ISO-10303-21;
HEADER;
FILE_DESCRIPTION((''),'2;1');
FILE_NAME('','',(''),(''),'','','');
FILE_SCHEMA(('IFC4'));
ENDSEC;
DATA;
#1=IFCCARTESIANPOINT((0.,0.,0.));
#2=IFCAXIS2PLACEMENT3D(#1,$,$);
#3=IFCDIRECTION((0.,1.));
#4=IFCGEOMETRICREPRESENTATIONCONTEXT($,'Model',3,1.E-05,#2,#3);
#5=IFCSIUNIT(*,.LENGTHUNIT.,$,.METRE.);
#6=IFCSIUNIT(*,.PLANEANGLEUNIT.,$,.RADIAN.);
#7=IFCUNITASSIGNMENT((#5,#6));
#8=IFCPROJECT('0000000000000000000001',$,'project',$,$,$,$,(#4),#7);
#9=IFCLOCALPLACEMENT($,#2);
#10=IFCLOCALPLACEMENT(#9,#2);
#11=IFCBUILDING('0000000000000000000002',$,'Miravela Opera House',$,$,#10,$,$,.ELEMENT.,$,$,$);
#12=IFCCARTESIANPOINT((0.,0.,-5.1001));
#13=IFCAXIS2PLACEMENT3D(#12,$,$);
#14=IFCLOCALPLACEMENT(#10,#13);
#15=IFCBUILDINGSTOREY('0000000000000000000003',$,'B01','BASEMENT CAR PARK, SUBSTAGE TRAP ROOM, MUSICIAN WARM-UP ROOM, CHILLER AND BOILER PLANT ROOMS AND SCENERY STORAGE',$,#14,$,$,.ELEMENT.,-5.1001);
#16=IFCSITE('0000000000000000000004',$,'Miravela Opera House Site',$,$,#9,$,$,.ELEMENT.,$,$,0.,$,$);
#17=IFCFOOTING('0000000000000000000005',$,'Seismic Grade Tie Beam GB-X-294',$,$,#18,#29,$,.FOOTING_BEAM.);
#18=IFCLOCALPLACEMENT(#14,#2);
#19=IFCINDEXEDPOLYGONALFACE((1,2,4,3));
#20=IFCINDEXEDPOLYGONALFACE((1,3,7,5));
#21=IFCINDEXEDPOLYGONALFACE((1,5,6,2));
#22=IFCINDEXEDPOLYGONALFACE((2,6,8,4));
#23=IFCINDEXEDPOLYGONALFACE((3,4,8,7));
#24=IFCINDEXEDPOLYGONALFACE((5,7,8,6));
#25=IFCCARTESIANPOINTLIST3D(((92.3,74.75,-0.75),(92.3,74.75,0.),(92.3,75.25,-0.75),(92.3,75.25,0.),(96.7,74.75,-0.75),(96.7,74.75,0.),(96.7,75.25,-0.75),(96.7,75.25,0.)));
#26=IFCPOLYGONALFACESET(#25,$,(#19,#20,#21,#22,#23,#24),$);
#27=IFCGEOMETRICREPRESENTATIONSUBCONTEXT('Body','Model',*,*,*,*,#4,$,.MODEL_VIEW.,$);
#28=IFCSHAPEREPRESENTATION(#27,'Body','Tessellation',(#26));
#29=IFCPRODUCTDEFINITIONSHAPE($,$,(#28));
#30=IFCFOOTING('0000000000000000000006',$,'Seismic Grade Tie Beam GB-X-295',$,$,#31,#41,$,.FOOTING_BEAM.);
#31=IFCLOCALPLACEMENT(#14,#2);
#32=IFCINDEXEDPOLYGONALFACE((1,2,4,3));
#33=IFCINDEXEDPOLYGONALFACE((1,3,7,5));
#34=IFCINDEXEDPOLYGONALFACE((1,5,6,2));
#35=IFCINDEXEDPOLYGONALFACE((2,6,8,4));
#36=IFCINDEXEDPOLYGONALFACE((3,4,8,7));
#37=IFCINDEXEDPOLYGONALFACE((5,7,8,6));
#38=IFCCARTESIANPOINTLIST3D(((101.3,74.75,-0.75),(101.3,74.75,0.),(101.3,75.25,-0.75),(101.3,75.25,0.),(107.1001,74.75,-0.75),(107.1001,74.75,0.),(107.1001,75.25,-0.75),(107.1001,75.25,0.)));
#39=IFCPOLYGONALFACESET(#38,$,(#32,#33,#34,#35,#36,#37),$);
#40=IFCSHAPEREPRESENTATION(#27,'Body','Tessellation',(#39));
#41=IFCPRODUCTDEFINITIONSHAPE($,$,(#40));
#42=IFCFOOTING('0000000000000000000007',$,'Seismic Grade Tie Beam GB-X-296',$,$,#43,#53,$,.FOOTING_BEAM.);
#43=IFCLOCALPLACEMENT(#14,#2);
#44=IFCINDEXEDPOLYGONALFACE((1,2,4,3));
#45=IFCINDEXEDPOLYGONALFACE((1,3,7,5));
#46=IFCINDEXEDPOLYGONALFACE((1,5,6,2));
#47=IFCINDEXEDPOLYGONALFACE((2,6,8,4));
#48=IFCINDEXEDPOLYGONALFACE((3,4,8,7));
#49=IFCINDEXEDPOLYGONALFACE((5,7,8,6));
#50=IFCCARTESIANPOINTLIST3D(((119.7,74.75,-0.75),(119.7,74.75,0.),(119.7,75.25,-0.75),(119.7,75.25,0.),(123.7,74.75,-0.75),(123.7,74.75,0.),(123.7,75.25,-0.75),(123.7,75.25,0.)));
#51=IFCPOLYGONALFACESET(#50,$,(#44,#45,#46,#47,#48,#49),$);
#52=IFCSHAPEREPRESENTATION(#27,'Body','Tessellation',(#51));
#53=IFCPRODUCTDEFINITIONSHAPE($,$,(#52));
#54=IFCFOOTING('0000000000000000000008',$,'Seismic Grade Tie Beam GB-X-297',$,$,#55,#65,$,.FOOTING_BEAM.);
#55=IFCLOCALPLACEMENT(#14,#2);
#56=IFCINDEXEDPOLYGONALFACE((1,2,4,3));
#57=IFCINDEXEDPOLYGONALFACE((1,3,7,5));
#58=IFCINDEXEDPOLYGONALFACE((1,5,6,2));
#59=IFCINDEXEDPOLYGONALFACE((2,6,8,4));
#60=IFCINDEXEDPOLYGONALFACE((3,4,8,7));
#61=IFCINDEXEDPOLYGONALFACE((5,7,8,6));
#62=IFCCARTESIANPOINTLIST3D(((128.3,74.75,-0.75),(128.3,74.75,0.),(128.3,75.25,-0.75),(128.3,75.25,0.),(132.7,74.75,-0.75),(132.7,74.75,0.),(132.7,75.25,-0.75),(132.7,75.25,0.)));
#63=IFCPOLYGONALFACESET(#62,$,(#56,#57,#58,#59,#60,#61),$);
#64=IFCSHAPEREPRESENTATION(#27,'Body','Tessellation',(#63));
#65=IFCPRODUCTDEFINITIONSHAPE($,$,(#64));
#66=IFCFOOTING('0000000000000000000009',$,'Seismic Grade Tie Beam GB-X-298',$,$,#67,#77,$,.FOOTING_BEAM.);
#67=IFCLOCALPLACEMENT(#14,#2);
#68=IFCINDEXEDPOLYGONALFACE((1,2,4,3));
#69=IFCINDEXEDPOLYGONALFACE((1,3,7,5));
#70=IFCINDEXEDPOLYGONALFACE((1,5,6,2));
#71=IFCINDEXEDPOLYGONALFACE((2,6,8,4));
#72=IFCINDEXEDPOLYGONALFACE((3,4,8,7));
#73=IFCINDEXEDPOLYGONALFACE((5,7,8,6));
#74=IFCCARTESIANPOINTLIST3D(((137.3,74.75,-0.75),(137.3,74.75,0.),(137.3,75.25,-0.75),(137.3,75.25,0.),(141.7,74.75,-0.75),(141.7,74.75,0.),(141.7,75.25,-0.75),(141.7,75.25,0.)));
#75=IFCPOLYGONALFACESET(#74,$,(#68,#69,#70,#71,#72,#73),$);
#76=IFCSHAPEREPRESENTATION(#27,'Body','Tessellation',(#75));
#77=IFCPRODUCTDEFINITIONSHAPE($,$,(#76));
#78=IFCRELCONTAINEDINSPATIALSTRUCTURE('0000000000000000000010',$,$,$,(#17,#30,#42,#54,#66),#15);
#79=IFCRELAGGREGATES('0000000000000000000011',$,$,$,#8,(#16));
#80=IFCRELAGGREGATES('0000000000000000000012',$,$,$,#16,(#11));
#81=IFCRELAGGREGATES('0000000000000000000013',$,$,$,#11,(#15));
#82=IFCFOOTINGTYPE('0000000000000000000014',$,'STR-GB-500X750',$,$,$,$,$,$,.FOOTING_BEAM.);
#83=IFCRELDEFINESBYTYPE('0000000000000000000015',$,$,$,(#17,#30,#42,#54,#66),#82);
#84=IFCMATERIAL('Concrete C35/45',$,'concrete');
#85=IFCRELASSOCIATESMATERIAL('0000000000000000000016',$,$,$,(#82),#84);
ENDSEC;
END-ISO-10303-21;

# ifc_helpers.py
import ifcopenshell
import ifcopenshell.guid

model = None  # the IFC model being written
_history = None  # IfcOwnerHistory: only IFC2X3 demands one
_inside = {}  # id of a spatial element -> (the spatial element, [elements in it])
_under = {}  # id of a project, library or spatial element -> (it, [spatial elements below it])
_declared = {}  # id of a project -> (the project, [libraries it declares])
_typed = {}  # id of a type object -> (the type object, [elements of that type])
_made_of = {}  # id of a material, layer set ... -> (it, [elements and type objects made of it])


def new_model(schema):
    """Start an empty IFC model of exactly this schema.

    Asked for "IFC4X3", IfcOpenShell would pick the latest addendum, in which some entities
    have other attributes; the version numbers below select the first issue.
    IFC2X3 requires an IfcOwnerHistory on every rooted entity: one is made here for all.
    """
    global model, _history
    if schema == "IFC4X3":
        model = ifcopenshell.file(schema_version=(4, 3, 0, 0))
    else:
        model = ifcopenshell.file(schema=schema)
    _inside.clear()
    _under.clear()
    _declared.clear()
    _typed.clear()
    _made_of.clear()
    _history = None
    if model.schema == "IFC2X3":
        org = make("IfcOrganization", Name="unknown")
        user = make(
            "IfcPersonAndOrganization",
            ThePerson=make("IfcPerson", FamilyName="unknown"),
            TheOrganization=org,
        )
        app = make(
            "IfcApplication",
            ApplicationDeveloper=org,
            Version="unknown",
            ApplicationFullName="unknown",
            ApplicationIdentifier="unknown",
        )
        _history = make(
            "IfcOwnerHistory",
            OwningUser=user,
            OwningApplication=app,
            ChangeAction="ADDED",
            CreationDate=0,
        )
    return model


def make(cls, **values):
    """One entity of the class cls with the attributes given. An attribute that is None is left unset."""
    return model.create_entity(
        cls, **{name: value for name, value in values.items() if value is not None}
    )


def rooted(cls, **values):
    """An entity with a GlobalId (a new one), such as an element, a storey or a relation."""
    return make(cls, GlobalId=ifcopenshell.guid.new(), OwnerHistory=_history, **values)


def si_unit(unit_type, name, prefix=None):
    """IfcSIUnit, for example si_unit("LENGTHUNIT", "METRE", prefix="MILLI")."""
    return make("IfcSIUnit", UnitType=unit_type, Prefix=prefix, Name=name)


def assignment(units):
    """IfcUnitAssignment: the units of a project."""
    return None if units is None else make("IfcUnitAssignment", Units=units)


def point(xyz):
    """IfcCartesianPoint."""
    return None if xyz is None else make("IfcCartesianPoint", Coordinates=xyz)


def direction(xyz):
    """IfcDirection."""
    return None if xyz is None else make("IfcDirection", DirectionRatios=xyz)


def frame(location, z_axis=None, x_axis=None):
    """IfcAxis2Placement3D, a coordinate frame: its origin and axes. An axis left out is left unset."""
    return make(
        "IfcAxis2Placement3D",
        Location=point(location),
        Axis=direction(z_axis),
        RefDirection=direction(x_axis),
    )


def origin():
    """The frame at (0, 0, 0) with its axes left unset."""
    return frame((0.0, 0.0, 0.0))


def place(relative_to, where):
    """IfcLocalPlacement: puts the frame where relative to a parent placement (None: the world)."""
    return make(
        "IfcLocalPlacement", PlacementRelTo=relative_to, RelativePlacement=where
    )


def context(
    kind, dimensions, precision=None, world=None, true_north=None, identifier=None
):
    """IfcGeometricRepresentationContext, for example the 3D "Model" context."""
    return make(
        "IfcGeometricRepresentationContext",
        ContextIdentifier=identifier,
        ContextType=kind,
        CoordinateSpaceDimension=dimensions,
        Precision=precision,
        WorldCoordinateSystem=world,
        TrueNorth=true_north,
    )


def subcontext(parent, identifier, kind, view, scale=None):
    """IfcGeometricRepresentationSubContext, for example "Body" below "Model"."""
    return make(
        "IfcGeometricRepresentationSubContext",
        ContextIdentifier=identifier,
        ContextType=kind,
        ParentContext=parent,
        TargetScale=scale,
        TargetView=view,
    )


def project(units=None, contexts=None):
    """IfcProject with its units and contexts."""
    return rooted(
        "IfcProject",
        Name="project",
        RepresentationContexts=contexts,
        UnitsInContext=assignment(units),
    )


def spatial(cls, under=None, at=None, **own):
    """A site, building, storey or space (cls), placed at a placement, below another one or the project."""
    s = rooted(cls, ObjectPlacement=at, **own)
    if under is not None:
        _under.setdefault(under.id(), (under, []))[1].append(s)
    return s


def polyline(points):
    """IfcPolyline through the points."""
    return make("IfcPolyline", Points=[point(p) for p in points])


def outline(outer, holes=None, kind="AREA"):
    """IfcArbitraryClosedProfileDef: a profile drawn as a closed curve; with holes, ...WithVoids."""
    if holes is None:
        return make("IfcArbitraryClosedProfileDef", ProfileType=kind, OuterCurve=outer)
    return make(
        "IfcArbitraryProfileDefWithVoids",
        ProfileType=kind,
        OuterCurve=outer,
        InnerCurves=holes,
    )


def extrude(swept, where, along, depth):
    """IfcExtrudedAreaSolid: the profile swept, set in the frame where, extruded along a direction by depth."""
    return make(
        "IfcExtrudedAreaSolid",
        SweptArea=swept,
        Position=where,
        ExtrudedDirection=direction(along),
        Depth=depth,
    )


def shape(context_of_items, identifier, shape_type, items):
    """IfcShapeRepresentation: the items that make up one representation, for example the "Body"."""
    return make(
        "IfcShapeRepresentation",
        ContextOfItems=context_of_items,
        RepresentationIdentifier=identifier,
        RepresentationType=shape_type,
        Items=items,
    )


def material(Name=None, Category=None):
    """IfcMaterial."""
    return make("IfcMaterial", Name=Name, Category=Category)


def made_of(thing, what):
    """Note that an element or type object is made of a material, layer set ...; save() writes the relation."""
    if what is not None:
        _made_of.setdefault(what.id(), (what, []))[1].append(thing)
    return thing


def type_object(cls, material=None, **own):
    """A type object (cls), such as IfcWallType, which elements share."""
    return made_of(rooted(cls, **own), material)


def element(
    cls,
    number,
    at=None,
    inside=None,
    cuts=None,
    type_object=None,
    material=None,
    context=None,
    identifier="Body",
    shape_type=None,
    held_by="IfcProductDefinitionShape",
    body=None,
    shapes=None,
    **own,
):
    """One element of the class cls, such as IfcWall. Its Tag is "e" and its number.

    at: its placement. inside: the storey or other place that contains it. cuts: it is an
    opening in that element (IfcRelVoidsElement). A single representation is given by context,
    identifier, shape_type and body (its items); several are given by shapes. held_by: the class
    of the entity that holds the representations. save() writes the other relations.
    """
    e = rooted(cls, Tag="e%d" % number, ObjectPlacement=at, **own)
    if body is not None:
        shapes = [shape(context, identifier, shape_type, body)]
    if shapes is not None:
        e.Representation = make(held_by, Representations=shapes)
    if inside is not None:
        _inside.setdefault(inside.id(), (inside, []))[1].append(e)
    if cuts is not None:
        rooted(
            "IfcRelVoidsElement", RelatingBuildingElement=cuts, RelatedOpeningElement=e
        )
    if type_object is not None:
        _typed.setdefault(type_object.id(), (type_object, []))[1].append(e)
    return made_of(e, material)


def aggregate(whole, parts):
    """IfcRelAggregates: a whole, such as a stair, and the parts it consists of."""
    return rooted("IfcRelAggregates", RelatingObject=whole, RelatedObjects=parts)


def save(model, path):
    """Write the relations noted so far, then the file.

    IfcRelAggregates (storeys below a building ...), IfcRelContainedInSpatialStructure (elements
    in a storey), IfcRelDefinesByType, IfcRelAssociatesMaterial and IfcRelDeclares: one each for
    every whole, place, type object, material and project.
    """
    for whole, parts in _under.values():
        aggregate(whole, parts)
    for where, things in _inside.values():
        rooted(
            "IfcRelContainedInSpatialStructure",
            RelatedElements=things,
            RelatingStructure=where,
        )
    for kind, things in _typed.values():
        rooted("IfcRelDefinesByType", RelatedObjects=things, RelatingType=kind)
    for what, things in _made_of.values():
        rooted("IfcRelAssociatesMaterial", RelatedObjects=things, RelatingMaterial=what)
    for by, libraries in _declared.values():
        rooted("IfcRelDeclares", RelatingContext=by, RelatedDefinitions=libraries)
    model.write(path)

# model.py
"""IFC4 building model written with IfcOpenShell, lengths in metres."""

from ifc_helpers import new_model, si_unit, direction, frame, origin, place, context, subcontext, project, spatial, polyline, outline, extrude, material, type_object, element, save


model = new_model("IFC4")

# Units and contexts
model_context = context("Model", 3, precision=1e-05, world=origin(), true_north=direction((0.0, 1.0)))
body_context = subcontext(model_context, "Body", "Model", "MODEL_VIEW")
ifc_project = project(units=[si_unit("LENGTHUNIT", "METRE"), si_unit("PLANEANGLEUNIT", "RADIAN")], contexts=[model_context])

# Site, building, storey
site_placement = place(None, origin())
site = spatial("IfcSite", under=ifc_project, at=site_placement, Name="Miravela Opera House Site", CompositionType="ELEMENT", RefElevation=0.0)
building_placement = place(site_placement, origin())
building = spatial("IfcBuilding", under=site, at=building_placement, Name="Miravela Opera House", CompositionType="ELEMENT")
storey_placement = place(building_placement, frame((0.0, 0.0, -5.1001)))
storey = spatial("IfcBuildingStorey", under=building, at=storey_placement, Name="B01", Description="BASEMENT CAR PARK, SUBSTAGE TRAP ROOM, MUSICIAN WARM-UP ROOM, CHILLER AND BOILER PLANT ROOMS AND SCENERY STORAGE", CompositionType="ELEMENT", Elevation=-5.1001)

# Footings
ifc_material = material(Name="Concrete C35/45", Category="concrete")
footing_type = type_object("IfcFootingType", Name="STR-GB-500X750", PredefinedType="FOOTING_BEAM", material=ifc_material)
footing_1_placement = place(storey_placement, frame((0.0, 0.0, -0.75)))
element("IfcFooting", 1, at=footing_1_placement, inside=storey, type_object=footing_type, Name="Seismic Grade Tie Beam GB-X-294", PredefinedType="FOOTING_BEAM", context=body_context, shape_type="SweptSolid", body=[
    extrude(outline(polyline([(92.3, 74.75), (96.7, 74.75), (96.7, 75.25), (92.3, 75.25), (92.3, 74.75)])), origin(), (0.0, 0.0, 1.0), 0.75),
])
footing_2_placement = place(storey_placement, frame((0.0, 0.0, -0.75)))
element("IfcFooting", 2, at=footing_2_placement, inside=storey, type_object=footing_type, Name="Seismic Grade Tie Beam GB-X-295", PredefinedType="FOOTING_BEAM", context=body_context, shape_type="SweptSolid", body=[
    extrude(outline(polyline([(101.3, 74.75), (107.1001, 74.75), (107.1001, 75.25), (101.3, 75.25), (101.3, 74.75)])), origin(), (0.0, 0.0, 1.0), 0.75),
])
footing_3_placement = place(storey_placement, frame((0.0, 0.0, -0.75)))
element("IfcFooting", 3, at=footing_3_placement, inside=storey, type_object=footing_type, Name="Seismic Grade Tie Beam GB-X-296", PredefinedType="FOOTING_BEAM", context=body_context, shape_type="SweptSolid", body=[
    extrude(outline(polyline([(119.7, 74.75), (123.7, 74.75), (123.7, 75.25), (119.7, 75.25), (119.7, 74.75)])), origin(), (0.0, 0.0, 1.0), 0.75),
])
footing_4_placement = place(storey_placement, frame((0.0, 0.0, -0.75)))
element("IfcFooting", 4, at=footing_4_placement, inside=storey, type_object=footing_type, Name="Seismic Grade Tie Beam GB-X-297", PredefinedType="FOOTING_BEAM", context=body_context, shape_type="SweptSolid", body=[
    extrude(outline(polyline([(128.3, 74.75), (132.7, 74.75), (132.7, 75.25), (128.3, 75.25), (128.3, 74.75)])), origin(), (0.0, 0.0, 1.0), 0.75),
])
footing_5_placement = place(storey_placement, frame((0.0, 0.0, -0.75)))
element("IfcFooting", 5, at=footing_5_placement, inside=storey, type_object=footing_type, Name="Seismic Grade Tie Beam GB-X-298", PredefinedType="FOOTING_BEAM", context=body_context, shape_type="SweptSolid", body=[
    extrude(outline(polyline([(137.3, 74.75), (141.7, 74.75), (141.7, 75.25), (137.3, 75.25), (137.3, 74.75)])), origin(), (0.0, 0.0, 1.0), 0.75),
])

save(model, "model.ifc")
